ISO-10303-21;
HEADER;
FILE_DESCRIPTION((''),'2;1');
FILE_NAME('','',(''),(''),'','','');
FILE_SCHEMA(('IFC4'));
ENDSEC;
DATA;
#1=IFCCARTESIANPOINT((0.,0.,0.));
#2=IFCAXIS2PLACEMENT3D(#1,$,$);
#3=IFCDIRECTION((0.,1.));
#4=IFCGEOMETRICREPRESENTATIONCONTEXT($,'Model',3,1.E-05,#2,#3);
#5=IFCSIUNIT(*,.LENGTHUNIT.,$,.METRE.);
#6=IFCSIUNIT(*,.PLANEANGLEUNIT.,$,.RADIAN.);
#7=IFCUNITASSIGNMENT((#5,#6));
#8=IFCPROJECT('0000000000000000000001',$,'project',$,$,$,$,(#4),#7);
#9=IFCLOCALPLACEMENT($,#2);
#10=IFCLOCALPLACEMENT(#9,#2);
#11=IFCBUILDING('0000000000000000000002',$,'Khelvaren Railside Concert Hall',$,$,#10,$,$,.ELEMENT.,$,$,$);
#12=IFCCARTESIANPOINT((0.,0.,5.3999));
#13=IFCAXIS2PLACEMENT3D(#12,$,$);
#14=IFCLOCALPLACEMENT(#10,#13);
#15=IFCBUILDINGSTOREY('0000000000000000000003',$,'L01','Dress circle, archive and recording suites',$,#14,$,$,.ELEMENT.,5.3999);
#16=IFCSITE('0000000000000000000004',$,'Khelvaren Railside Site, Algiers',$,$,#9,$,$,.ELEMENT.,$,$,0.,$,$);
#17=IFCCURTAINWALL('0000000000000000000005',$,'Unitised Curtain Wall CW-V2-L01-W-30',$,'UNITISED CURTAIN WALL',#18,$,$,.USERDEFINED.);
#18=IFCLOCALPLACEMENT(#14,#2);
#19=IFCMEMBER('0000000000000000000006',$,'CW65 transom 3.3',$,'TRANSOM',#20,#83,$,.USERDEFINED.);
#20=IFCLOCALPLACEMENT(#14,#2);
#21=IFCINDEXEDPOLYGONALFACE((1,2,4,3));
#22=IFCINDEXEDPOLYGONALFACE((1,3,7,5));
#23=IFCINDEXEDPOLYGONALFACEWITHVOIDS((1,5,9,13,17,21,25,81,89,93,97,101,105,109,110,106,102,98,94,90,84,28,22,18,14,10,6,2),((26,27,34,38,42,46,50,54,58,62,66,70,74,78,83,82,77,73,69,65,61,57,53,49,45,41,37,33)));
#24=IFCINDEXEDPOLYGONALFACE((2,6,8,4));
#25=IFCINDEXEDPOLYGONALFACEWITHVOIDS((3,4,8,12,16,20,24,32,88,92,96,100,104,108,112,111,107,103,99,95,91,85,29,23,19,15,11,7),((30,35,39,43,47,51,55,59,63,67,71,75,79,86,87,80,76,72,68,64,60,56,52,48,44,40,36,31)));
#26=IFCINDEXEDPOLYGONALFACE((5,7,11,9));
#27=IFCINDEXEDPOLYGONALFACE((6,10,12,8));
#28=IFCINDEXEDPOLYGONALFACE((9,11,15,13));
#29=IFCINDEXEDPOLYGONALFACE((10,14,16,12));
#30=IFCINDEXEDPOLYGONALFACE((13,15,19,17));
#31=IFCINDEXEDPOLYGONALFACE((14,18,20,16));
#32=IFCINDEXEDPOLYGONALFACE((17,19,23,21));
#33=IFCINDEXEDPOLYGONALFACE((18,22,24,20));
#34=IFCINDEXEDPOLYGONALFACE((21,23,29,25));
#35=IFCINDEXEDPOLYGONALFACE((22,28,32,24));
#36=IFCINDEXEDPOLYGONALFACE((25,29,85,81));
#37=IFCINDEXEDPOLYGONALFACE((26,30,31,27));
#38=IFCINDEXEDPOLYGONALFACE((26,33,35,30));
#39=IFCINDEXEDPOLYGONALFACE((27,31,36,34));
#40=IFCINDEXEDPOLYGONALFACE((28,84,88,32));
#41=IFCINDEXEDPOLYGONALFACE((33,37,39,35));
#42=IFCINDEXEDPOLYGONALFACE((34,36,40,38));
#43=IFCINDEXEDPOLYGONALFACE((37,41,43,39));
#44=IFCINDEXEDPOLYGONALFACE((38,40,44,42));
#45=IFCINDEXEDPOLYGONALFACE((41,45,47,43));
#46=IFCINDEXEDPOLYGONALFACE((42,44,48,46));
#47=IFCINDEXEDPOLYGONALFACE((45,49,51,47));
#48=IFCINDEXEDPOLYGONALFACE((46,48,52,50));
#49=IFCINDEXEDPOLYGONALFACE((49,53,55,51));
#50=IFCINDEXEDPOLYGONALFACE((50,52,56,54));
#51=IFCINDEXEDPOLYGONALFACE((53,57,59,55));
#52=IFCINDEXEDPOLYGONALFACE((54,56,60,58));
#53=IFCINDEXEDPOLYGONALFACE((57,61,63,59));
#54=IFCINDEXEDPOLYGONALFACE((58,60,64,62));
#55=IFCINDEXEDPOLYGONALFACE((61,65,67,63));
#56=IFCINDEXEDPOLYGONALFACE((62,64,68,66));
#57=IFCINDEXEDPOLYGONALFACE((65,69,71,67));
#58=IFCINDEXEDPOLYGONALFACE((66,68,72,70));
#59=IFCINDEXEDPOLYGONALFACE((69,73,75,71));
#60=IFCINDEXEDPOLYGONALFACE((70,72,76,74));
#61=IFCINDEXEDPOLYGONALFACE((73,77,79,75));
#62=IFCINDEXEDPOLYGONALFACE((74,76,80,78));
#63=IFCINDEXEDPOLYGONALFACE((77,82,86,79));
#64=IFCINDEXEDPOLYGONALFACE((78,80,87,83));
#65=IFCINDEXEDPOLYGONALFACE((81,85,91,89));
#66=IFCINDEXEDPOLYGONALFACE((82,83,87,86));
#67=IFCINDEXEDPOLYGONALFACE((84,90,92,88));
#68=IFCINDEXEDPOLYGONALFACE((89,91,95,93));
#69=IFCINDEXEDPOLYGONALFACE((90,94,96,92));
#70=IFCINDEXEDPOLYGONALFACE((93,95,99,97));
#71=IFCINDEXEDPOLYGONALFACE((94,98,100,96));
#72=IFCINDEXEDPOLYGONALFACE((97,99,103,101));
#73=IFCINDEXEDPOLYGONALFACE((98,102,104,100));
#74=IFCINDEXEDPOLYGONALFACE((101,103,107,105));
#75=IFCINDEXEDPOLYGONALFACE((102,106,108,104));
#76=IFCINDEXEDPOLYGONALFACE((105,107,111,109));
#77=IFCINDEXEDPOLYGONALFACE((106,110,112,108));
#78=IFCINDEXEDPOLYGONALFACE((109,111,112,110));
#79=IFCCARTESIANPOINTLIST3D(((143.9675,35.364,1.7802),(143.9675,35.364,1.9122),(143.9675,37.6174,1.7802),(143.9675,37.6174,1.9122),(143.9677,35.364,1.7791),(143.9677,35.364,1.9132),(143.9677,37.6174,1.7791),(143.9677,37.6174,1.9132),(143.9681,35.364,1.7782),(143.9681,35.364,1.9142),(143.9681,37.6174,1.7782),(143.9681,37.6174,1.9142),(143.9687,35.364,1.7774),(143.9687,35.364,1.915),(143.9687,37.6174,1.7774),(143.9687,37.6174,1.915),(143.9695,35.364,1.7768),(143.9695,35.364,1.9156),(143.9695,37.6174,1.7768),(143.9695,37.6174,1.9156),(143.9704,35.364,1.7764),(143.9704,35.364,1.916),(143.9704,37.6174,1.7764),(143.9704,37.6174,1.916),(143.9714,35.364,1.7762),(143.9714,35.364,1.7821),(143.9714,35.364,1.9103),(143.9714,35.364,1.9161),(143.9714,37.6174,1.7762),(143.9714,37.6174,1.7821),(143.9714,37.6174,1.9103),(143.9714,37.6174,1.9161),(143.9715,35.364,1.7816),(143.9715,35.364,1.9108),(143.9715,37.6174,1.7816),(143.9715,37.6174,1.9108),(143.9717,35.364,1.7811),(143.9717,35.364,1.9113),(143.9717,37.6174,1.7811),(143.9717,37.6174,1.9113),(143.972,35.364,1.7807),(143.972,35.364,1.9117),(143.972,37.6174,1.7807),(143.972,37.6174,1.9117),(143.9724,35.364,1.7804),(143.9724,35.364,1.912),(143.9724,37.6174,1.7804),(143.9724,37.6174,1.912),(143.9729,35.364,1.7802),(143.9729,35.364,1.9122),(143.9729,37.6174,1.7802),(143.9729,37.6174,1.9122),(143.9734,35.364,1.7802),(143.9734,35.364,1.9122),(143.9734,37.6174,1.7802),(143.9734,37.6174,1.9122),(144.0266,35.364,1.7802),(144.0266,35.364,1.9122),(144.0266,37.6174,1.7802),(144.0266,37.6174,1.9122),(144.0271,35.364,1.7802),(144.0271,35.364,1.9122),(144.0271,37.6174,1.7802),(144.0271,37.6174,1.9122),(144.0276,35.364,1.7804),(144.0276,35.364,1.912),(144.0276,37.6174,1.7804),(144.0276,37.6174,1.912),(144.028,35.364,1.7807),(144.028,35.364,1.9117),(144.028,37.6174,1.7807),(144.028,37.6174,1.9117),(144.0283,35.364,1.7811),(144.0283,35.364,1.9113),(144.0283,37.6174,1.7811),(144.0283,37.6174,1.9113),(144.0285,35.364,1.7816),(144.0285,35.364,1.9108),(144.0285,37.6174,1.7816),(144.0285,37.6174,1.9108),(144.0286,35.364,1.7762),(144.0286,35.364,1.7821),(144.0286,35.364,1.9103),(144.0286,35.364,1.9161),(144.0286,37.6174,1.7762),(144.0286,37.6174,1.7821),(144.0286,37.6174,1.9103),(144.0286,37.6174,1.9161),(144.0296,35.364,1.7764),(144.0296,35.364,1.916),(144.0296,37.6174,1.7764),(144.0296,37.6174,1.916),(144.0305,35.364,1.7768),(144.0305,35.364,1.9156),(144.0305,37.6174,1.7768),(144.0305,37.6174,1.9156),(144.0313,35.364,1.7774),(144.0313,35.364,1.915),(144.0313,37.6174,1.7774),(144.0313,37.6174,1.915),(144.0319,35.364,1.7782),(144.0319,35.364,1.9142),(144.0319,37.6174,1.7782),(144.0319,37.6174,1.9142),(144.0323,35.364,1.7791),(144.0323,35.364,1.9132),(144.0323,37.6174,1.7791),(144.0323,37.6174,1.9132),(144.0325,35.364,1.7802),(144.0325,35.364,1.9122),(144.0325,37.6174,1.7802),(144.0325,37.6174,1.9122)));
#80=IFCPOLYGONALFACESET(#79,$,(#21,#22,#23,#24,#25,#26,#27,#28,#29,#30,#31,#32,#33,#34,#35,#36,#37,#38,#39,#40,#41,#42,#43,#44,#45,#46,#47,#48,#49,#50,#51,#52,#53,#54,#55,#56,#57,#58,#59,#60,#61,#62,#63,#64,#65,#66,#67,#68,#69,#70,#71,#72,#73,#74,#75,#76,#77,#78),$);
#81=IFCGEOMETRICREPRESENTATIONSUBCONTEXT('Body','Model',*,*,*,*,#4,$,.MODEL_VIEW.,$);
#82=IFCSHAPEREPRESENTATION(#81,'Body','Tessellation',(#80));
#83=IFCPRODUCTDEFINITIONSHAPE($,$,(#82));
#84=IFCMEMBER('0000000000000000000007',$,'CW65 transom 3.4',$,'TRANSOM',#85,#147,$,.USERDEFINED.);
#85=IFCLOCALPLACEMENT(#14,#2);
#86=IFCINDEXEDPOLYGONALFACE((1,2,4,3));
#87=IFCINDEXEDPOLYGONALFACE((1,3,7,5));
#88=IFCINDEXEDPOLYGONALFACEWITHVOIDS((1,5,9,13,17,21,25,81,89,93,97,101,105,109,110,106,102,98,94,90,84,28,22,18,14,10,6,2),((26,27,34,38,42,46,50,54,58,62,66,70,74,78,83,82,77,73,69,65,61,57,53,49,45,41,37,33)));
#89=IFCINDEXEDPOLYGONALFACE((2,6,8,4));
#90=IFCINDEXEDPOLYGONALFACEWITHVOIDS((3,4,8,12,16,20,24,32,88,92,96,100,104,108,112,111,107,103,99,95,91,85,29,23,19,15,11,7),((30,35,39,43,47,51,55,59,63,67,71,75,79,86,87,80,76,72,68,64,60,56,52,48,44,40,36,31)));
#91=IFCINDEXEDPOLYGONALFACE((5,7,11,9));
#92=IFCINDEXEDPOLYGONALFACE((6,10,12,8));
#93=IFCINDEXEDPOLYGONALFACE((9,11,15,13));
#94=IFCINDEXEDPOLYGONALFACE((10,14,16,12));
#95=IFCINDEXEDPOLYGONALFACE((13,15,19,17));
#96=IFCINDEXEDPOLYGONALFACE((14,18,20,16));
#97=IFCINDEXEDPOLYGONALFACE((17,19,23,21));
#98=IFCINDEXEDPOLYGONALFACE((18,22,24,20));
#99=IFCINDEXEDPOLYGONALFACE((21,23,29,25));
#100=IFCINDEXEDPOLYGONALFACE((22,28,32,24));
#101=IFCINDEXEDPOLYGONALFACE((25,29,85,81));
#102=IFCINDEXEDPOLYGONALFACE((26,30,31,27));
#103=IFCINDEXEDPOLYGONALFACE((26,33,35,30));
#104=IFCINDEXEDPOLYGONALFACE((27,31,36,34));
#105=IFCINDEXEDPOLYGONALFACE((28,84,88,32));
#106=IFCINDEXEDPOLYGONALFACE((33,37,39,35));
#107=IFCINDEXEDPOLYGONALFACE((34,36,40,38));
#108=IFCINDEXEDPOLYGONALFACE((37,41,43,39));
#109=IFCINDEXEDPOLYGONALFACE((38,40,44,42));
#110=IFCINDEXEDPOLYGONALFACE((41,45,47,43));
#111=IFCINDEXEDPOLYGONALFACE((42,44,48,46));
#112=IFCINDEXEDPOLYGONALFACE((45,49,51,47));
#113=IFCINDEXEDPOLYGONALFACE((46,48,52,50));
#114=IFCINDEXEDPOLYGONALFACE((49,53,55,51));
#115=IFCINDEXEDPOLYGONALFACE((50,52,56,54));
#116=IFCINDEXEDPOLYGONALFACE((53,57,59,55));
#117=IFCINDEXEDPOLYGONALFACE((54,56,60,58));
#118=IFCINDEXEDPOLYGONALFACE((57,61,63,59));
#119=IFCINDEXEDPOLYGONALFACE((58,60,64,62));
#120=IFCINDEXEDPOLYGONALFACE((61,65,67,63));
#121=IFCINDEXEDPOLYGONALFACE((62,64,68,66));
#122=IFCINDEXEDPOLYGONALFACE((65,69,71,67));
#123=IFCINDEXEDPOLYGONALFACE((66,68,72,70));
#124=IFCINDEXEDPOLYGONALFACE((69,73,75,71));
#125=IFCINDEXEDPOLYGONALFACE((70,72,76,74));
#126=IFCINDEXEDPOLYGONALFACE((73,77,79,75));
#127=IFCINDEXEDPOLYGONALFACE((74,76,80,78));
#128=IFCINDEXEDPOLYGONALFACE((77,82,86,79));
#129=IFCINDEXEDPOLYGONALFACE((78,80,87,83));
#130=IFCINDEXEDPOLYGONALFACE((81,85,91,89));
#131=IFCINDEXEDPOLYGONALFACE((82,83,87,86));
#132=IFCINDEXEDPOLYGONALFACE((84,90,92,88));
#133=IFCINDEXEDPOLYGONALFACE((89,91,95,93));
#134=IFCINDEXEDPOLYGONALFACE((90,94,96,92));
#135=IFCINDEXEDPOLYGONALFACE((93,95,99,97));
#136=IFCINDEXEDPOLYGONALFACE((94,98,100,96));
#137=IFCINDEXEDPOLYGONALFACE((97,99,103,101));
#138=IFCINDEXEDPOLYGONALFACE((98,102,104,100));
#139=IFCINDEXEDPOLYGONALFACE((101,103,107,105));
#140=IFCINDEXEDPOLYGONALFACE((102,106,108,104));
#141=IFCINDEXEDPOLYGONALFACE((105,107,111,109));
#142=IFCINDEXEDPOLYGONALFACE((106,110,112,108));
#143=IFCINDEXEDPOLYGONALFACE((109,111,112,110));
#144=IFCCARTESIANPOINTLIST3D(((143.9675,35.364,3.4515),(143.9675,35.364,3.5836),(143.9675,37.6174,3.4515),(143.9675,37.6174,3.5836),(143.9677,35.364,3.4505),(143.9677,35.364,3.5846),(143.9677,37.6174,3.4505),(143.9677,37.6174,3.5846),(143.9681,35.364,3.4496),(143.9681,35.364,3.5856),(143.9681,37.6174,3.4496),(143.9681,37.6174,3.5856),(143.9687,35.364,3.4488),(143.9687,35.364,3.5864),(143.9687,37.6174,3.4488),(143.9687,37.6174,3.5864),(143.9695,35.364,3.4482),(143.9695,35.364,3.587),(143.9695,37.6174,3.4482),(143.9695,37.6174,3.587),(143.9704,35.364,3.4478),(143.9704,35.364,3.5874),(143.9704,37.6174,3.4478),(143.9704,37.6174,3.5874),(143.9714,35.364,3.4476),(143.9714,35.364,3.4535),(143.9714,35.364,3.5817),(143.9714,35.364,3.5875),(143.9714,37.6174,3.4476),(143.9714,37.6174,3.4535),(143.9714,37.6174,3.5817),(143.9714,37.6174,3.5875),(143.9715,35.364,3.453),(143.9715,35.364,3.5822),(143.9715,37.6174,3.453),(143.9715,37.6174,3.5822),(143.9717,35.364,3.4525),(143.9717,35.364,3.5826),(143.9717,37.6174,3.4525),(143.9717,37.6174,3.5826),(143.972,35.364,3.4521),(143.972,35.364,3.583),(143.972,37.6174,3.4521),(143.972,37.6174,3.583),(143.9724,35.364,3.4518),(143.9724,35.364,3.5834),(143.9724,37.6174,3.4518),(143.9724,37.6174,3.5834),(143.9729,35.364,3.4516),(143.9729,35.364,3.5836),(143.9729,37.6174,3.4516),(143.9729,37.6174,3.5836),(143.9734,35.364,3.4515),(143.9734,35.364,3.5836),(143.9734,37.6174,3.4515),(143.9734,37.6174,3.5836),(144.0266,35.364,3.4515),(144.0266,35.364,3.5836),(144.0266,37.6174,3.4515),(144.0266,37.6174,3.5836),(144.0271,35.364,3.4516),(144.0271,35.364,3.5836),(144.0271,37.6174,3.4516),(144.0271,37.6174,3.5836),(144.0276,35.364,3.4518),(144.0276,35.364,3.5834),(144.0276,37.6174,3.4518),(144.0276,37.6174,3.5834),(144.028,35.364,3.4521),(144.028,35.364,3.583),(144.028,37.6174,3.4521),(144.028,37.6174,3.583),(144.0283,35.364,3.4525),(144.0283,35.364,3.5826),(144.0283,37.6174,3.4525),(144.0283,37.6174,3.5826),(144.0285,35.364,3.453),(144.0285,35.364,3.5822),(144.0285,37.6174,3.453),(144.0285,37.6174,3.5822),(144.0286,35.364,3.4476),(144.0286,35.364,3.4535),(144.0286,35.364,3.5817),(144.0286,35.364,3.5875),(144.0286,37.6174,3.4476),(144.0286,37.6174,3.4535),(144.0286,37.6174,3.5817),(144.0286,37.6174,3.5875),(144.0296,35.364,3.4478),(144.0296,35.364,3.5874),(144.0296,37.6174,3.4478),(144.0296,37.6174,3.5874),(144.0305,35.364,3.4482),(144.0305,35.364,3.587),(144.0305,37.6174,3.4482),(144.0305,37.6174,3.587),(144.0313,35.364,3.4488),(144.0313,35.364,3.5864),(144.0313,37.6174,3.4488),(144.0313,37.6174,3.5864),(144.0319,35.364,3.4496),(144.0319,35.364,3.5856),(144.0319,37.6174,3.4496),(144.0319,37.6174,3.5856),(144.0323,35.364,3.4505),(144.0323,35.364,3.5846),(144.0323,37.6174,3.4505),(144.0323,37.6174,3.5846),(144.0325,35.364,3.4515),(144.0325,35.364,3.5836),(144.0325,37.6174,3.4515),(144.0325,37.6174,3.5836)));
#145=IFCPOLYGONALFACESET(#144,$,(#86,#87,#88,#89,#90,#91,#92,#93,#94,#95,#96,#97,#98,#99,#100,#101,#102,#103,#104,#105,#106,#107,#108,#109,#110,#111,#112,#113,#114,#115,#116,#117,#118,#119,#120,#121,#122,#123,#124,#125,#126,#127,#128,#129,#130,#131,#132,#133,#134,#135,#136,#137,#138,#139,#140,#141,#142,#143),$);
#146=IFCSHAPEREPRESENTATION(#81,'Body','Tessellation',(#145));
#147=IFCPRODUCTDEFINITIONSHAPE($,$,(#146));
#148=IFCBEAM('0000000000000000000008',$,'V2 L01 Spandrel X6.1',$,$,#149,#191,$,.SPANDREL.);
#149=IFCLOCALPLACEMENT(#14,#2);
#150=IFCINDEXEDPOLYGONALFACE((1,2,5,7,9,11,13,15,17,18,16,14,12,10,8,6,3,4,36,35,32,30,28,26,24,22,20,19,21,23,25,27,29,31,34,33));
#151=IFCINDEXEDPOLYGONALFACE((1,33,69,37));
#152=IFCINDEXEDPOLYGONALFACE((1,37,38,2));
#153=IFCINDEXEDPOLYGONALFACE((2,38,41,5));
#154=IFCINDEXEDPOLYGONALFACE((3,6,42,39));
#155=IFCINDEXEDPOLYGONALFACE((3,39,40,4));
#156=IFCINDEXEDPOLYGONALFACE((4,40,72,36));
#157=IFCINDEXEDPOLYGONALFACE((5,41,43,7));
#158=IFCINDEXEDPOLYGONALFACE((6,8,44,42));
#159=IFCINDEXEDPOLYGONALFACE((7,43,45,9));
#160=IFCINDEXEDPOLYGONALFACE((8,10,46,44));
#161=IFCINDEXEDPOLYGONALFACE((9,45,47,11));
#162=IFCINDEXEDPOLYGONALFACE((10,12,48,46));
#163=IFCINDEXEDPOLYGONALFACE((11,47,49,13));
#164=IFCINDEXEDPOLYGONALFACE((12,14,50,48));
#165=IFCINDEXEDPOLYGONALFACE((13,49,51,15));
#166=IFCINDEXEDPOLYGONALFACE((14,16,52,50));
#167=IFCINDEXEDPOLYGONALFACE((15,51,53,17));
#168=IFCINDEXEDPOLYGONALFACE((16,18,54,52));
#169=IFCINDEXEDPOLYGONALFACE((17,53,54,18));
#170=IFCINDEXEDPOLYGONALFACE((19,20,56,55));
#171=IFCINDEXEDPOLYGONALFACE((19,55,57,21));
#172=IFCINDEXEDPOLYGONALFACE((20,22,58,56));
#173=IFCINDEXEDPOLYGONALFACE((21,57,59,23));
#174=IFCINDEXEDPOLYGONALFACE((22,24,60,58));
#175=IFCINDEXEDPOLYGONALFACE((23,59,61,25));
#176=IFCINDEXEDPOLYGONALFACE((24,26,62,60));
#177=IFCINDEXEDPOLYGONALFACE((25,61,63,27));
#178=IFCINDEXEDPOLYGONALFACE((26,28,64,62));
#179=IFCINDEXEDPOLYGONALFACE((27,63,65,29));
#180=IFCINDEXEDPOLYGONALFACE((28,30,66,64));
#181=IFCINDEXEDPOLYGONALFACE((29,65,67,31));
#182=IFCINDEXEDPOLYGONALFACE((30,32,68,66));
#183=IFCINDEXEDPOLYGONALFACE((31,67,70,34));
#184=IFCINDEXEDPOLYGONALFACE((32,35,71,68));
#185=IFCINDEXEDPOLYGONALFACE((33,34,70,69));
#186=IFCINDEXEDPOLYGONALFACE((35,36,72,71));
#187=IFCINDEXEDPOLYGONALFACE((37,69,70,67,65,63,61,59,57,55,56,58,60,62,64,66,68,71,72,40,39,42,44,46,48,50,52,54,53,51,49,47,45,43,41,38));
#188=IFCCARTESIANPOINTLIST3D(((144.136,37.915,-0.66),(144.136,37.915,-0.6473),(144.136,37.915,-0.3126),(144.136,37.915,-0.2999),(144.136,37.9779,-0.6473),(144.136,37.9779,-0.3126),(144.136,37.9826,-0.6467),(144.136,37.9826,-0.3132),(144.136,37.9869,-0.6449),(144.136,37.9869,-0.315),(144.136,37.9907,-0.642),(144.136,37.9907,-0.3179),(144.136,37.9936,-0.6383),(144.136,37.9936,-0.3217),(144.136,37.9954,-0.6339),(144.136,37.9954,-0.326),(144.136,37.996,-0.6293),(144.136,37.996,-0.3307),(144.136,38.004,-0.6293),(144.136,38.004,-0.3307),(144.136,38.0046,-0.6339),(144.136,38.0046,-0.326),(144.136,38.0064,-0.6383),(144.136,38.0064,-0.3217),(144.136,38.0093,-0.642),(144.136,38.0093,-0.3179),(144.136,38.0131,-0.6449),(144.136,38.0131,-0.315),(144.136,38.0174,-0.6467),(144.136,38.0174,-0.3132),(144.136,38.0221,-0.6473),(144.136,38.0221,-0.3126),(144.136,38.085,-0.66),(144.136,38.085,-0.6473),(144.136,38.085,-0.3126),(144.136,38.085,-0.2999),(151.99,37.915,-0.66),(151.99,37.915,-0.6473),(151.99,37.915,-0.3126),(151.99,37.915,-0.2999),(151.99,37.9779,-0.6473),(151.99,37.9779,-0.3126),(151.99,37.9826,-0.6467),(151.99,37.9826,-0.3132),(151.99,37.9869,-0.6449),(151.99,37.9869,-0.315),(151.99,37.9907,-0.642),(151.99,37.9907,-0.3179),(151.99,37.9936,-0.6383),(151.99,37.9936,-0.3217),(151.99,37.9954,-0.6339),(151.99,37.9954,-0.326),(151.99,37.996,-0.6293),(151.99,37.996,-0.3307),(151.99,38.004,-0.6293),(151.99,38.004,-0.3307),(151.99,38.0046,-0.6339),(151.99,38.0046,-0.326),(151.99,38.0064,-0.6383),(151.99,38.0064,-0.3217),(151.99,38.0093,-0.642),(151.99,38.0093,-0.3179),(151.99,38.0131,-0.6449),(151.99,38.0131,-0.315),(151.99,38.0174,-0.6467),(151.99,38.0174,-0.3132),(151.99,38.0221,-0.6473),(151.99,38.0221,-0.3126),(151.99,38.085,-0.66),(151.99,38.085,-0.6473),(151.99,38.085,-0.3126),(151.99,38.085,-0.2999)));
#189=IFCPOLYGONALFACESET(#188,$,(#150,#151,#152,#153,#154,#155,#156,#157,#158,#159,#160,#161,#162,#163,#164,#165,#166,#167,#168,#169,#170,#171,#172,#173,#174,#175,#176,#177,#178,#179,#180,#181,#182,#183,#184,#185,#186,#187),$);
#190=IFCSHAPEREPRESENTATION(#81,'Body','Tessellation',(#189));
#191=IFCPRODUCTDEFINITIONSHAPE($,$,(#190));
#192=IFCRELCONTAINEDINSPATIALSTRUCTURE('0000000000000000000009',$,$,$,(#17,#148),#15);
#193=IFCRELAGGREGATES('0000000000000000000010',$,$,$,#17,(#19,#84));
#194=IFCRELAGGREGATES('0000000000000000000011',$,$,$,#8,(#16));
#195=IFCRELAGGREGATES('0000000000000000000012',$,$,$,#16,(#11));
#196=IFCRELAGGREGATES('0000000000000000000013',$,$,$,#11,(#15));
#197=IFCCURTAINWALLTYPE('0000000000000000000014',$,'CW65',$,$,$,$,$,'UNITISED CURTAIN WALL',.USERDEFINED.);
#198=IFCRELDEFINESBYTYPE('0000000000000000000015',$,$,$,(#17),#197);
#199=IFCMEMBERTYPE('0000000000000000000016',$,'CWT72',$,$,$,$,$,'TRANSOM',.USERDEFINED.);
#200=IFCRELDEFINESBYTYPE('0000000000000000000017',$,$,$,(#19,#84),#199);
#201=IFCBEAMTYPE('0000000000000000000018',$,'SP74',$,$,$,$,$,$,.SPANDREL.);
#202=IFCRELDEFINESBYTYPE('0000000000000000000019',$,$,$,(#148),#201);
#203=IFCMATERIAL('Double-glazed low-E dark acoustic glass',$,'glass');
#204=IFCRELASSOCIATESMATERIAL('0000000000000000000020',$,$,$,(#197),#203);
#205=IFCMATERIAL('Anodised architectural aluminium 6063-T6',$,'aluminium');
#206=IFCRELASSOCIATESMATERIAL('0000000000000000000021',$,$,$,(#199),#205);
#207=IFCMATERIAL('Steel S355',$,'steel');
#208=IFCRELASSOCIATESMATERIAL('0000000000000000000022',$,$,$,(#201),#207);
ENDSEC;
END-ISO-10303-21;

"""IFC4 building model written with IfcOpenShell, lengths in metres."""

from ifc_helpers import new_model, si_unit, direction, frame, origin, origin_2d, place, context, subcontext, project, spatial, hollow_rectangle, i_section, extrude, material, material_profile, profile_set, type_object, element, aggregate, save


model = new_model("IFC4")

# Units and contexts
model_context = context("Model", 3, precision=1e-05, world=origin(), true_north=direction((0.0, 1.0)))
body_context = subcontext(model_context, "Body", "Model", "MODEL_VIEW")
ifc_project = project(units=[si_unit("LENGTHUNIT", "METRE"), si_unit("PLANEANGLEUNIT", "RADIAN")], contexts=[model_context])

# Site, building, storey
site_placement = place(None, origin())
site = spatial("IfcSite", under=ifc_project, at=site_placement, Name="Khelvaren Railside Site, Algiers", CompositionType="ELEMENT", RefElevation=0.0)
building_placement = place(site_placement, origin())
building = spatial("IfcBuilding", under=site, at=building_placement, Name="Khelvaren Railside Concert Hall", CompositionType="ELEMENT")
storey_placement = place(building_placement, frame((0.0, 0.0, 5.3999)))
storey = spatial("IfcBuildingStorey", under=building, at=storey_placement, Name="L01", Description="Dress circle, archive and recording suites", CompositionType="ELEMENT", Elevation=5.3999)

# Shared definitions
ifc_material_1 = material(Name="Steel S355", Category="steel")

# Shared definitions
ifc_material_2 = material(Name="Anodised architectural aluminium 6063-T6", Category="aluminium")

# Curtain wall
ifc_material_3 = material(Name="Double-glazed low-E dark acoustic glass", Category="glass")
curtain_wall_type_1 = type_object("IfcCurtainWallType", Name="CW65", ElementType="UNITISED CURTAIN WALL", PredefinedType="USERDEFINED", material=ifc_material_3)
curtain_wall_1_placement = place(storey_placement, origin())
curtain_wall_1 = element("IfcCurtainWall", 1, at=curtain_wall_1_placement, inside=storey, type_object=curtain_wall_type_1, Name="Unitised Curtain Wall CW-V2-L01-W-30", ObjectType="UNITISED CURTAIN WALL", PredefinedType="USERDEFINED")

# Members
ifc_material_profile_1 = material_profile(ifc_material_2, hollow_rectangle(XDim=0.0649, YDim=0.1399, WallThickness=0.0039, InnerFilletRadius=0.002, OuterFilletRadius=0.0039, at=origin_2d()), Name="CWT 65x140x4")
ifc_profile_set_1 = profile_set([ifc_material_profile_1], Name="Anodised architectural aluminium 6063-T6")
member_type_1 = type_object("IfcMemberType", Name="CWT72", ElementType="TRANSOM", PredefinedType="USERDEFINED", material=ifc_profile_set_1)
member_1_placement = place(storey_placement, frame((144.0, 35.364, 1.8462), z_axis=(0.0, 1.0, 0.0), x_axis=(-1.0, 0.0, 0.0)))
member_1 = element("IfcMember", 2, at=member_1_placement, type_object=member_type_1, Name="CW65 transom 3.3", ObjectType="TRANSOM", PredefinedType="USERDEFINED", context=body_context, shape_type="SweptSolid", body=[
    extrude(hollow_rectangle(XDim=0.0649, YDim=0.1399, WallThickness=0.0039, InnerFilletRadius=0.002, OuterFilletRadius=0.0039, at=origin_2d()), origin(), (0.0, 0.0, 1.0), 2.2534),
])
member_2_placement = place(storey_placement, frame((144.0, 35.364, 3.5176), z_axis=(0.0, 1.0, 0.0), x_axis=(-1.0, 0.0, 0.0)))
member_2 = element("IfcMember", 3, at=member_2_placement, type_object=member_type_1, Name="CW65 transom 3.4", ObjectType="TRANSOM", PredefinedType="USERDEFINED", context=body_context, shape_type="SweptSolid", body=[
    extrude(hollow_rectangle(XDim=0.0649, YDim=0.1399, WallThickness=0.0039, InnerFilletRadius=0.002, OuterFilletRadius=0.0039, at=origin_2d()), origin(), (0.0, 0.0, 1.0), 2.2534),
])

# Beam
ifc_material_profile_2 = material_profile(ifc_material_1, i_section(OverallWidth=0.1699, OverallDepth=0.3601, WebThickness=0.0081, FlangeThickness=0.0127, FilletRadius=0.0181, at=origin_2d()), Name="IPE 360")
ifc_profile_set_2 = profile_set([ifc_material_profile_2], Name="Steel S355")
beam_type = type_object("IfcBeamType", Name="SP74", PredefinedType="SPANDREL", material=ifc_profile_set_2)
beam_placement = place(storey_placement, frame((144.136, 38.0, -0.48), z_axis=(1.0, 0.0, 0.0), x_axis=(0.0, 1.0, 0.0)))
element("IfcBeam", 4, at=beam_placement, inside=storey, type_object=beam_type, Name="V2 L01 Spandrel X6.1", PredefinedType="SPANDREL", context=body_context, shape_type="SweptSolid", body=[
    extrude(i_section(OverallWidth=0.1699, OverallDepth=0.3601, WebThickness=0.0081, FlangeThickness=0.0127, FilletRadius=0.0181, at=origin_2d()), origin(), (0.0, 0.0, 1.0), 7.854),
])

aggregate(curtain_wall_1, [member_1, member_2])

save(model, "model.ifc")
